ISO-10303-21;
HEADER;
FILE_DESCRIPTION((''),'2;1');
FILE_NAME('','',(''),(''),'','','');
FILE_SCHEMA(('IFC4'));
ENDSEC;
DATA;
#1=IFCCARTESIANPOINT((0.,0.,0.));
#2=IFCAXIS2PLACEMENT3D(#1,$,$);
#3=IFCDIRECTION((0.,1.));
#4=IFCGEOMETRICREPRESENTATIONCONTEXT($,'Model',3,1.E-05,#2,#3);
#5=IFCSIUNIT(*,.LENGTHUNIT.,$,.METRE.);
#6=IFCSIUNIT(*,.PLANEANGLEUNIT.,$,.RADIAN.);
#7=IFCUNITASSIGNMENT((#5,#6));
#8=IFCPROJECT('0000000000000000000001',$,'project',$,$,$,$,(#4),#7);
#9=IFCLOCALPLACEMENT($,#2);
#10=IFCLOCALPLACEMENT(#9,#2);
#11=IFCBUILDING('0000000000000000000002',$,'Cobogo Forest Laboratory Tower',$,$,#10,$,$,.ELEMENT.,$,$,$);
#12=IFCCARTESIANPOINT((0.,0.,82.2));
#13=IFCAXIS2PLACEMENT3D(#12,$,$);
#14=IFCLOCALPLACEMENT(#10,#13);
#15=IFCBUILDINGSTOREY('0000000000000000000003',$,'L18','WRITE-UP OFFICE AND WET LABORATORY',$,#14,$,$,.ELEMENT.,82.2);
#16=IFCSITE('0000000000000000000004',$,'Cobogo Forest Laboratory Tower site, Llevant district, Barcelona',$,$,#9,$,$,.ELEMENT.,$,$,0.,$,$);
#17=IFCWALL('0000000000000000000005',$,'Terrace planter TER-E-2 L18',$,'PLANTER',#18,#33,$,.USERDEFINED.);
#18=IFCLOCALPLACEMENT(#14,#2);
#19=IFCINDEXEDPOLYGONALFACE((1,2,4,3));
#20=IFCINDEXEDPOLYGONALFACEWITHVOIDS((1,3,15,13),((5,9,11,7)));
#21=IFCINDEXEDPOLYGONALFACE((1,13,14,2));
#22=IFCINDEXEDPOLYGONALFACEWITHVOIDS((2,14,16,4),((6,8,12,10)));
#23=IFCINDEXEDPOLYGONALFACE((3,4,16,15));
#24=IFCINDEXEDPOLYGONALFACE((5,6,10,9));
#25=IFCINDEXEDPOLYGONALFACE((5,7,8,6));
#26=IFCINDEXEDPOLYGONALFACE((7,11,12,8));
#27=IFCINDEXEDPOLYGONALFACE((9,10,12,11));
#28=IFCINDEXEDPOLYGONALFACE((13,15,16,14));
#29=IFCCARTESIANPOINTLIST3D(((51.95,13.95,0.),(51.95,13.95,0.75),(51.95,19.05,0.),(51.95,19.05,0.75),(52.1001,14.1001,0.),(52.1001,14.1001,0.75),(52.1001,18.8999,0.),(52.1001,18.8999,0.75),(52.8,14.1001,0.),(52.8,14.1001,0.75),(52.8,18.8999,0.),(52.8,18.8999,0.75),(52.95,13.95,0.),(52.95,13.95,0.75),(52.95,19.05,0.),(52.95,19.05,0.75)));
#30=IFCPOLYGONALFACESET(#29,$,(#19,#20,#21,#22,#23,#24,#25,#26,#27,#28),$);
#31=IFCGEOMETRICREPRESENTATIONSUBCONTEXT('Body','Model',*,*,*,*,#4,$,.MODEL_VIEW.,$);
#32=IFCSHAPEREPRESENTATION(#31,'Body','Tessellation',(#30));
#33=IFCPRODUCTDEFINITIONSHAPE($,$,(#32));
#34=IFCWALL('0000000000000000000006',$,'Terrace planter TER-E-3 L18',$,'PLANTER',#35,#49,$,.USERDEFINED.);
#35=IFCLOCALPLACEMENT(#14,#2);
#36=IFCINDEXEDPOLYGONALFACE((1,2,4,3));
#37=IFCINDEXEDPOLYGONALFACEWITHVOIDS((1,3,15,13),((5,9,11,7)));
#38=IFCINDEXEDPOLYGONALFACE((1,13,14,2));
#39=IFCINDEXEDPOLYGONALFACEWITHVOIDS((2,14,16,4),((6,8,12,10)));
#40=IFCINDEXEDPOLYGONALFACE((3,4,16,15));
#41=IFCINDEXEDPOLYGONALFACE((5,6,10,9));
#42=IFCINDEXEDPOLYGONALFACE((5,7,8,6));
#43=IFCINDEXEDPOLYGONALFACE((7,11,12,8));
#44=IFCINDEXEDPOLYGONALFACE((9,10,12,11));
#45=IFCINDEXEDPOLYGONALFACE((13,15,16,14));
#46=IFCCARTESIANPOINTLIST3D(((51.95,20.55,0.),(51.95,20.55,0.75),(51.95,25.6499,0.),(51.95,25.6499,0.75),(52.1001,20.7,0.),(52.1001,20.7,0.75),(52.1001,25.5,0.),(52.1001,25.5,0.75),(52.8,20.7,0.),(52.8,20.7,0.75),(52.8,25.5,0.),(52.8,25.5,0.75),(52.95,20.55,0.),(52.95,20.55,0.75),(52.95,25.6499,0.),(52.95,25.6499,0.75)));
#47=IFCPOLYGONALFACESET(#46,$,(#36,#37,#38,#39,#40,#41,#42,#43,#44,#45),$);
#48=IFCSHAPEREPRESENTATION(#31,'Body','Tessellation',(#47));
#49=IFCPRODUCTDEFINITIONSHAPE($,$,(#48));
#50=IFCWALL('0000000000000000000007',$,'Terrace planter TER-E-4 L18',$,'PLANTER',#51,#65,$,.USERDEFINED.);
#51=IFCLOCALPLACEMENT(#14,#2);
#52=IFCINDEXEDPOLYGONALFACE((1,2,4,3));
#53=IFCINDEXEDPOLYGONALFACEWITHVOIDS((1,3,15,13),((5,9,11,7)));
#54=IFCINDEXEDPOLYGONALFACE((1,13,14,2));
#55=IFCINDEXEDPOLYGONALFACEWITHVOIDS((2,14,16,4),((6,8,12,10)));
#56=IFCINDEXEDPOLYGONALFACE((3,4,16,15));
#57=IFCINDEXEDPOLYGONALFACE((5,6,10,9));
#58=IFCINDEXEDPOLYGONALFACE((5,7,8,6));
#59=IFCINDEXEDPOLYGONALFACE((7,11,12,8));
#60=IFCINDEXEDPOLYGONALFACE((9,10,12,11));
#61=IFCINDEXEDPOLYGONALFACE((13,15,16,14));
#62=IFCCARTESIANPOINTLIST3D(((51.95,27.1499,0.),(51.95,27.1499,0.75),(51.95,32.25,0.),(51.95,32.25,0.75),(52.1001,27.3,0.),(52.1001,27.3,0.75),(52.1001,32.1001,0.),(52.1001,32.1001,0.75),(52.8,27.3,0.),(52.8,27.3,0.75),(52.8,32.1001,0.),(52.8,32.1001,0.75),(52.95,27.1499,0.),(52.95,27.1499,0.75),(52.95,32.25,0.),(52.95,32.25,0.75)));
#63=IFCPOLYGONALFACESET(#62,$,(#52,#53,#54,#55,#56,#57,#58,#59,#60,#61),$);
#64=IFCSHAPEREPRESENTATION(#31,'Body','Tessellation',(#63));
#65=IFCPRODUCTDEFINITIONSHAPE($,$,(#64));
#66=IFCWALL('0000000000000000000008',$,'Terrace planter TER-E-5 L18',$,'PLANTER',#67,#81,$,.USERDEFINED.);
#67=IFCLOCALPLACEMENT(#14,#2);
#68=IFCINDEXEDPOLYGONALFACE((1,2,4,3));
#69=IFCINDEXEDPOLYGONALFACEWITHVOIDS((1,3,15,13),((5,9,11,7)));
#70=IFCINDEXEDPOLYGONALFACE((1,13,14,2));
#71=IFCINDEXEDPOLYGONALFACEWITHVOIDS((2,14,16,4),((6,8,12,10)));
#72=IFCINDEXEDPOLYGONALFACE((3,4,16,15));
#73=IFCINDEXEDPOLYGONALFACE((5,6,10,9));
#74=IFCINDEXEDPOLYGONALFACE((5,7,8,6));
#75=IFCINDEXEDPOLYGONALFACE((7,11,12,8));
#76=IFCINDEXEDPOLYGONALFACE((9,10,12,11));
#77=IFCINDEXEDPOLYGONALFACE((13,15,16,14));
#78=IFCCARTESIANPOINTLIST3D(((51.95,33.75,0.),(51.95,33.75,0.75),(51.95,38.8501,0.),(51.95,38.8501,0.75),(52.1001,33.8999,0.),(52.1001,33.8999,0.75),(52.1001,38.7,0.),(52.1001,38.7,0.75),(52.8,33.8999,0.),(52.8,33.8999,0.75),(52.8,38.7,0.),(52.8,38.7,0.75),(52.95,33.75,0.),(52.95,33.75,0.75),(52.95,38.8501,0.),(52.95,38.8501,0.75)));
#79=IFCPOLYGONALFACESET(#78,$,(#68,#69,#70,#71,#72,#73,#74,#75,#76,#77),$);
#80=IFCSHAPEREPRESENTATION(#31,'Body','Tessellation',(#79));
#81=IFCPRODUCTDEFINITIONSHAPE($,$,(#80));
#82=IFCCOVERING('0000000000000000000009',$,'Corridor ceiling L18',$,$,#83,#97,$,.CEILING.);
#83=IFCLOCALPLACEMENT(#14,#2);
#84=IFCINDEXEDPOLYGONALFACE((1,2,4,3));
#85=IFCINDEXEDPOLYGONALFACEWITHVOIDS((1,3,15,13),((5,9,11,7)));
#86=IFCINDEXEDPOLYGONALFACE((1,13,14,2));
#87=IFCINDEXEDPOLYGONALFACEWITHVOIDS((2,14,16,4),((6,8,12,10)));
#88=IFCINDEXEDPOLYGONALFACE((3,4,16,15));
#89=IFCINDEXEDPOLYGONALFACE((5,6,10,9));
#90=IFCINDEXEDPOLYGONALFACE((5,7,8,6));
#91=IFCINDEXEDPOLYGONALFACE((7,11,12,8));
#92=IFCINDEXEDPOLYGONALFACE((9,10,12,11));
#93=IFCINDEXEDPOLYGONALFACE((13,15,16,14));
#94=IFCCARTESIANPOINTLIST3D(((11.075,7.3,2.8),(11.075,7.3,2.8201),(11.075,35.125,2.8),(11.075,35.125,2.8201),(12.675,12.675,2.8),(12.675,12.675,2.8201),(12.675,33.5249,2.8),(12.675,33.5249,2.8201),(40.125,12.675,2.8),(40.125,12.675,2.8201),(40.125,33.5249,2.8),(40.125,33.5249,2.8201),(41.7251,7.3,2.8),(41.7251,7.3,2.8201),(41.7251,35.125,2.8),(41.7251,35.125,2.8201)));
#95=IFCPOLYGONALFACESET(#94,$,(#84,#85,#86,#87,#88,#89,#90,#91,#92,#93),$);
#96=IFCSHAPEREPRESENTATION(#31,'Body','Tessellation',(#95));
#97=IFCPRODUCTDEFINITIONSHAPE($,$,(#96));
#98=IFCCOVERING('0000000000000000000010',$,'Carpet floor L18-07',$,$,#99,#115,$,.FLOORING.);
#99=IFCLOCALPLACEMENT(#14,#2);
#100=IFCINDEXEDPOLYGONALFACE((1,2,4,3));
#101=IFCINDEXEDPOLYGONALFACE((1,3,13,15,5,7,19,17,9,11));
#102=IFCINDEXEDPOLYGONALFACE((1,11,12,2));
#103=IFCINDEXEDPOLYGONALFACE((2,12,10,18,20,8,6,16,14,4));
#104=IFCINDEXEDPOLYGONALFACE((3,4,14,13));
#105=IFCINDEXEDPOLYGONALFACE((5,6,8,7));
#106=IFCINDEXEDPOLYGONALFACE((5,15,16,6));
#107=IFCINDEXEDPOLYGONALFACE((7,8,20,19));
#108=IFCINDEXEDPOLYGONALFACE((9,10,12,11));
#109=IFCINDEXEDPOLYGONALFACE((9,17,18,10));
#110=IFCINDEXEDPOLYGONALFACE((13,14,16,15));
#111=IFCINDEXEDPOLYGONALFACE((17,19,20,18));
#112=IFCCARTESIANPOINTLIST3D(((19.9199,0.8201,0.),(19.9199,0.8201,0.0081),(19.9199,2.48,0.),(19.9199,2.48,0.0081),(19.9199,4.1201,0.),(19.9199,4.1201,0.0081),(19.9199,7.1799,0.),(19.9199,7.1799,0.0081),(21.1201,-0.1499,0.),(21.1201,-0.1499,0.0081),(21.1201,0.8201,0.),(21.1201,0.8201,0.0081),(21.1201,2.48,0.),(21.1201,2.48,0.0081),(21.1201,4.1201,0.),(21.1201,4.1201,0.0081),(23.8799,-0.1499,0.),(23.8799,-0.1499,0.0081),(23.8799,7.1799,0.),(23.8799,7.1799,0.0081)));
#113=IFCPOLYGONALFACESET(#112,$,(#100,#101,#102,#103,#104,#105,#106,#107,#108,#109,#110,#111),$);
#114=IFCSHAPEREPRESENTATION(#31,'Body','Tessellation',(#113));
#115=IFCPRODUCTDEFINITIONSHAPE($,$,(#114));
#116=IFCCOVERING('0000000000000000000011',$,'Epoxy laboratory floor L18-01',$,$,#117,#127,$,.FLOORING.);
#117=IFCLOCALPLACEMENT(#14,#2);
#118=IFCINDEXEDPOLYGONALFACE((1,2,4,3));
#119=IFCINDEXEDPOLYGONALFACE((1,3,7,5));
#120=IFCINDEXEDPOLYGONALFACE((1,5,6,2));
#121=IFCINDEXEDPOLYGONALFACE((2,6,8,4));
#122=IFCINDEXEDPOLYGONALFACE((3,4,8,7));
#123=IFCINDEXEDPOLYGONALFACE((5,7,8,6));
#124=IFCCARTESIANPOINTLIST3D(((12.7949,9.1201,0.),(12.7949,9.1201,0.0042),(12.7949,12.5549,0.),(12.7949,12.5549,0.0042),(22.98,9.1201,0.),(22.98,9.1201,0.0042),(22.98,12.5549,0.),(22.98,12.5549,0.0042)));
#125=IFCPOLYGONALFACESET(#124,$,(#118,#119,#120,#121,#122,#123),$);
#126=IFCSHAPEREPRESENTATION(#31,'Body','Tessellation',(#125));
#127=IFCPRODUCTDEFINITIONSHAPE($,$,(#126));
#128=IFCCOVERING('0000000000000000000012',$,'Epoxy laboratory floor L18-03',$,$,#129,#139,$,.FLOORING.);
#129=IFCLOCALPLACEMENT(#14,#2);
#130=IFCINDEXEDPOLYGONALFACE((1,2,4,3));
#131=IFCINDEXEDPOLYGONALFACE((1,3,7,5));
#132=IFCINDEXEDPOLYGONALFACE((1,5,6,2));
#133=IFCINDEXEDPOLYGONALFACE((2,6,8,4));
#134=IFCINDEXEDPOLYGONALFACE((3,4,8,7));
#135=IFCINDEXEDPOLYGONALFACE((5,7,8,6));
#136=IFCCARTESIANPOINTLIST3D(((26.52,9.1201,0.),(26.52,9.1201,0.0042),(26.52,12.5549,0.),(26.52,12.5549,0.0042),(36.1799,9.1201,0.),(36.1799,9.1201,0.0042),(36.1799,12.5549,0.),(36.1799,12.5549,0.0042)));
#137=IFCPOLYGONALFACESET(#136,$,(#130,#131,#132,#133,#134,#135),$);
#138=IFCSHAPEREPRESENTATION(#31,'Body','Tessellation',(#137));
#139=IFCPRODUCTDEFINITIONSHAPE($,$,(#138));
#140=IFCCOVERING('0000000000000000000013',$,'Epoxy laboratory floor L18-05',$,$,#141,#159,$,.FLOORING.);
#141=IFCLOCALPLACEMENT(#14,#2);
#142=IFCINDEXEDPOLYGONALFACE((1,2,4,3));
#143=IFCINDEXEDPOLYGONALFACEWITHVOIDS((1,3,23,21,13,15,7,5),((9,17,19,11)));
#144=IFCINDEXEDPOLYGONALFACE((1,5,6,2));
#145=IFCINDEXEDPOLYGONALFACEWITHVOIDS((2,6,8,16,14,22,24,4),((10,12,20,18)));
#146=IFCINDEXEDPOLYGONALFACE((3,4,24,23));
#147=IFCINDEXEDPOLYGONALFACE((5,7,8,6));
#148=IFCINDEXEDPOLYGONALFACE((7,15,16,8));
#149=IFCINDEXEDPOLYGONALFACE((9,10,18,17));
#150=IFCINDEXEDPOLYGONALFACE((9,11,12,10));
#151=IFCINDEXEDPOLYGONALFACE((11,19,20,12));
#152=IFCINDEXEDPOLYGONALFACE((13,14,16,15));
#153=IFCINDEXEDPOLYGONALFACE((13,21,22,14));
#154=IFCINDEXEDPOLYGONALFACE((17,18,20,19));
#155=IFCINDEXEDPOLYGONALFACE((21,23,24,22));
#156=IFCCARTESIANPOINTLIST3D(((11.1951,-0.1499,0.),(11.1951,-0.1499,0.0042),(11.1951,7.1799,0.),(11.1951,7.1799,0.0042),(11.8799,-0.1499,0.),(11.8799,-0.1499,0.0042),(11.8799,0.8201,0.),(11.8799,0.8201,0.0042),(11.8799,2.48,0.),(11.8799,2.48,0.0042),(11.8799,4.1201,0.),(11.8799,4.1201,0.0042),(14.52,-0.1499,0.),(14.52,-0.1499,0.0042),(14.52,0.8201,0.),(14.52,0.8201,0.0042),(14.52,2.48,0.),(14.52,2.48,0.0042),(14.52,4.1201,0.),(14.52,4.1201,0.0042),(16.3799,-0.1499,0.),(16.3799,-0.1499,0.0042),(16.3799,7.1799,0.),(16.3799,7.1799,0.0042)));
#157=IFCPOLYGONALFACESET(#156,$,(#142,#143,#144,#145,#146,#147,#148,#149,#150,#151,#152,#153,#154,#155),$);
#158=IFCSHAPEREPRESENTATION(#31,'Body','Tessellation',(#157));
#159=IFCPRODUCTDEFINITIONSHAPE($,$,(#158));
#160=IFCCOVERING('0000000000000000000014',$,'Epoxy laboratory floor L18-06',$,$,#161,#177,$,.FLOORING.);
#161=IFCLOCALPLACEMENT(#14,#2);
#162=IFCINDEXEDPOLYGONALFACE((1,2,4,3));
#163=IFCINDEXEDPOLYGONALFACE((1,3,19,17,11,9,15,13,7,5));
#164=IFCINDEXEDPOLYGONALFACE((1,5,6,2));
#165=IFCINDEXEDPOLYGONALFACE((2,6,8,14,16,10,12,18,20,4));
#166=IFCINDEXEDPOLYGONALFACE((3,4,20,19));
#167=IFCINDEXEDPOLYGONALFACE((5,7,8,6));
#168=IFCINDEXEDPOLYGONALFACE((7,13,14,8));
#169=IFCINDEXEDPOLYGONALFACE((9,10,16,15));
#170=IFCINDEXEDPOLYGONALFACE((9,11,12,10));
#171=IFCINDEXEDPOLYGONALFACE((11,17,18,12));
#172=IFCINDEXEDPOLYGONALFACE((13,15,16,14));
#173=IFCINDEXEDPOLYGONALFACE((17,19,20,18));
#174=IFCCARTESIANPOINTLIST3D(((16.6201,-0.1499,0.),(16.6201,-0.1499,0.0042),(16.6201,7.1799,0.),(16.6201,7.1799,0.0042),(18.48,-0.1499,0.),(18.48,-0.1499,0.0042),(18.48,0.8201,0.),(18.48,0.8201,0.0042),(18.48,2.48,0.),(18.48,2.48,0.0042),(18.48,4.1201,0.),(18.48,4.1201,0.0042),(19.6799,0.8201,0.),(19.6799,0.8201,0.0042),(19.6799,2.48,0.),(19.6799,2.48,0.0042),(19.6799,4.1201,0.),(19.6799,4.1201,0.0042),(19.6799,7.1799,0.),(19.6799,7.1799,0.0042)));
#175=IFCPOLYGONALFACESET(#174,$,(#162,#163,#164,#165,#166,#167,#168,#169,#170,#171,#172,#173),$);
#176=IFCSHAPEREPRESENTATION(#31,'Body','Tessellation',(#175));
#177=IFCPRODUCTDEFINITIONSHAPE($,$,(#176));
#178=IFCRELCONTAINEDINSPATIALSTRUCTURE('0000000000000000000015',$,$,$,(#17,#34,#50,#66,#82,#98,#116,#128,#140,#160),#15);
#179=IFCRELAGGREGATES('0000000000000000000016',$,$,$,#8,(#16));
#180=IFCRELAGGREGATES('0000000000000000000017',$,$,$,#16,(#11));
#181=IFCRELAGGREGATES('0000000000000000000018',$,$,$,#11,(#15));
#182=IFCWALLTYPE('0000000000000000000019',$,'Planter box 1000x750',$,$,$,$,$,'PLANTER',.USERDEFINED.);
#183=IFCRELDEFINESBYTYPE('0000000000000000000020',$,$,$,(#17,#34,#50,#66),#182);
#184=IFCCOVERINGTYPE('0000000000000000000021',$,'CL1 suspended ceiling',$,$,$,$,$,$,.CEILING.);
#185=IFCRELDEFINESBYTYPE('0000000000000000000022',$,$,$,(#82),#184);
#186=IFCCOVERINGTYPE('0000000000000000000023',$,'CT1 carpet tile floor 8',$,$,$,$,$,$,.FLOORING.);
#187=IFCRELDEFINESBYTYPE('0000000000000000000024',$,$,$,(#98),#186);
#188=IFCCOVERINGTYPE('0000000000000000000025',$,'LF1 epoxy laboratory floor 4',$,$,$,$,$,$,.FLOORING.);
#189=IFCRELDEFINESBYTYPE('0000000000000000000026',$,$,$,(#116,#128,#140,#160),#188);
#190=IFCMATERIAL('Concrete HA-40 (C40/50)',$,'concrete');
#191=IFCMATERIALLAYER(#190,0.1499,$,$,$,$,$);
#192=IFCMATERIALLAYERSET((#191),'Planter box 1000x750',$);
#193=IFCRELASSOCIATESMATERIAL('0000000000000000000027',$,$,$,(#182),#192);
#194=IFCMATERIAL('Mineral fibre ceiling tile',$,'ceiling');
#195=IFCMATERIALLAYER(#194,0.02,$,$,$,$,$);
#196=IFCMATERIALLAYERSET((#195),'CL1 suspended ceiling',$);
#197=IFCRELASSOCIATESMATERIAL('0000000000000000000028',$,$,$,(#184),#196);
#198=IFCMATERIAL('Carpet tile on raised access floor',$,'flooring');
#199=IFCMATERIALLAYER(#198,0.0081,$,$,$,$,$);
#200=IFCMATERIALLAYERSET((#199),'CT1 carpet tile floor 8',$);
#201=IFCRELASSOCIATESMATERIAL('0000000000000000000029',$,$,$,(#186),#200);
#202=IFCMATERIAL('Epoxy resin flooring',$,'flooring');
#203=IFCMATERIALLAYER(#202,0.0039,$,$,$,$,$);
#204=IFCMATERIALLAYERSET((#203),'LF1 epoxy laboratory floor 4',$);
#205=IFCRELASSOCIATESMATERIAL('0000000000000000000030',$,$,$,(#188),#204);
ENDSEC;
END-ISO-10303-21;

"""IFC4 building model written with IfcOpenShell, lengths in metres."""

from ifc_helpers import new_model, si_unit, direction, frame, origin, place, context, subcontext, project, spatial, polyline, outline, extrude, material, layer, layer_set, type_object, element, save


model = new_model("IFC4")

# Units and contexts
model_context = context("Model", 3, precision=1e-05, world=origin(), true_north=direction((0.0, 1.0)))
body_context = subcontext(model_context, "Body", "Model", "MODEL_VIEW")
ifc_project = project(units=[si_unit("LENGTHUNIT", "METRE"), si_unit("PLANEANGLEUNIT", "RADIAN")], contexts=[model_context])

# Site, building, storey
site_placement = place(None, origin())
site = spatial("IfcSite", under=ifc_project, at=site_placement, Name="Cobogo Forest Laboratory Tower site, Llevant district, Barcelona", CompositionType="ELEMENT", RefElevation=0.0)
building_placement = place(site_placement, origin())
building = spatial("IfcBuilding", under=site, at=building_placement, Name="Cobogo Forest Laboratory Tower", CompositionType="ELEMENT")
storey_placement = place(building_placement, frame((0.0, 0.0, 82.2)))
storey = spatial("IfcBuildingStorey", under=building, at=storey_placement, Name="L18", Description="WRITE-UP OFFICE AND WET LABORATORY", CompositionType="ELEMENT", Elevation=82.2)

# Shared definitions
ifc_material_1 = material(Name="Concrete HA-40 (C40/50)", Category="concrete")

# Walls
ifc_layer_1 = layer(ifc_material_1, 0.1499)
ifc_layer_set_1 = layer_set([ifc_layer_1], Name="Planter box 1000x750")
wall_type = type_object("IfcWallType", Name="Planter box 1000x750", ElementType="PLANTER", PredefinedType="USERDEFINED", material=ifc_layer_set_1)
wall_1_placement = place(storey_placement, origin())
element("IfcWall", 1, at=wall_1_placement, inside=storey, type_object=wall_type, Name="Terrace planter TER-E-2 L18", ObjectType="PLANTER", PredefinedType="USERDEFINED", context=body_context, shape_type="SweptSolid", body=[
    extrude(outline(polyline([(51.95, 13.95), (52.95, 13.95), (52.95, 19.05), (51.95, 19.05), (51.95, 13.95)]), holes=[polyline([(52.1001, 14.1001), (52.8, 14.1001), (52.8, 18.8999), (52.1001, 18.8999), (52.1001, 14.1001)])]), origin(), (0.0, 0.0, 1.0), 0.75),
])
wall_2_placement = place(storey_placement, origin())
element("IfcWall", 2, at=wall_2_placement, inside=storey, type_object=wall_type, Name="Terrace planter TER-E-3 L18", ObjectType="PLANTER", PredefinedType="USERDEFINED", context=body_context, shape_type="SweptSolid", body=[
    extrude(outline(polyline([(51.95, 20.55), (52.95, 20.55), (52.95, 25.6499), (51.95, 25.6499), (51.95, 20.55)]), holes=[polyline([(52.1001, 20.7), (52.8, 20.7), (52.8, 25.5), (52.1001, 25.5), (52.1001, 20.7)])]), origin(), (0.0, 0.0, 1.0), 0.75),
])
wall_3_placement = place(storey_placement, origin())
element("IfcWall", 3, at=wall_3_placement, inside=storey, type_object=wall_type, Name="Terrace planter TER-E-4 L18", ObjectType="PLANTER", PredefinedType="USERDEFINED", context=body_context, shape_type="SweptSolid", body=[
    extrude(outline(polyline([(51.95, 27.1499), (52.95, 27.1499), (52.95, 32.25), (51.95, 32.25), (51.95, 27.1499)]), holes=[polyline([(52.1001, 27.3), (52.8, 27.3), (52.8, 32.1001), (52.1001, 32.1001), (52.1001, 27.3)])]), origin(), (0.0, 0.0, 1.0), 0.75),
])
wall_4_placement = place(storey_placement, origin())
element("IfcWall", 4, at=wall_4_placement, inside=storey, type_object=wall_type, Name="Terrace planter TER-E-5 L18", ObjectType="PLANTER", PredefinedType="USERDEFINED", context=body_context, shape_type="SweptSolid", body=[
    extrude(outline(polyline([(51.95, 33.75), (52.95, 33.75), (52.95, 38.8501), (51.95, 38.8501), (51.95, 33.75)]), holes=[polyline([(52.1001, 33.8999), (52.8, 33.8999), (52.8, 38.7), (52.1001, 38.7), (52.1001, 33.8999)])]), origin(), (0.0, 0.0, 1.0), 0.75),
])

# Coverings
ifc_material_2 = material(Name="Mineral fibre ceiling tile", Category="ceiling")
ifc_layer_2 = layer(ifc_material_2, 0.02)
ifc_layer_set_2 = layer_set([ifc_layer_2], Name="CL1 suspended ceiling")
covering_type_1 = type_object("IfcCoveringType", Name="CL1 suspended ceiling", PredefinedType="CEILING", material=ifc_layer_set_2)
covering_1_placement = place(storey_placement, frame((0.0, 0.0, 2.8)))
element("IfcCovering", 5, at=covering_1_placement, inside=storey, type_object=covering_type_1, Name="Corridor ceiling L18", PredefinedType="CEILING", context=body_context, shape_type="SweptSolid", body=[
    extrude(outline(polyline([(11.075, 7.3), (11.075, 35.125), (41.7251, 35.125), (41.7251, 7.3), (11.075, 7.3)]), holes=[polyline([(40.125, 33.5249), (12.675, 33.5249), (12.675, 12.675), (40.125, 12.675), (40.125, 33.5249)])]), origin(), (0.0, 0.0, 1.0), 0.02),
])
ifc_material_3 = material(Name="Carpet tile on raised access floor", Category="flooring")
ifc_layer_3 = layer(ifc_material_3, 0.0081)
ifc_layer_set_3 = layer_set([ifc_layer_3], Name="CT1 carpet tile floor 8")
covering_type_2 = type_object("IfcCoveringType", Name="CT1 carpet tile floor 8", PredefinedType="FLOORING", material=ifc_layer_set_3)
covering_2_placement = place(storey_placement, origin())
element("IfcCovering", 6, at=covering_2_placement, inside=storey, type_object=covering_type_2, Name="Carpet floor L18-07", PredefinedType="FLOORING", context=body_context, shape_type="SweptSolid", body=[
    extrude(outline(polyline([(23.8799, 7.1799), (23.8799, -0.1499), (21.1201, -0.1499), (21.1201, 0.8201), (19.9199, 0.8201), (19.9199, 2.48), (21.1201, 2.48), (21.1201, 4.1201), (19.9199, 4.1201), (19.9199, 7.1799), (23.8799, 7.1799)])), origin(), (0.0, 0.0, 1.0), 0.0081),
])
ifc_material_4 = material(Name="Epoxy resin flooring", Category="flooring")
ifc_layer_4 = layer(ifc_material_4, 0.0039)
ifc_layer_set_4 = layer_set([ifc_layer_4], Name="LF1 epoxy laboratory floor 4")
covering_type_3 = type_object("IfcCoveringType", Name="LF1 epoxy laboratory floor 4", PredefinedType="FLOORING", material=ifc_layer_set_4)
covering_3_placement = place(storey_placement, origin())
element("IfcCovering", 7, at=covering_3_placement, inside=storey, type_object=covering_type_3, Name="Epoxy laboratory floor L18-01", PredefinedType="FLOORING", context=body_context, shape_type="SweptSolid", body=[
    extrude(outline(polyline([(22.98, 9.1201), (12.7949, 9.1201), (12.7949, 12.5549), (22.98, 12.5549), (22.98, 9.1201)])), origin(), (0.0, 0.0, 1.0), 0.0042),
])
covering_4_placement = place(storey_placement, origin())
element("IfcCovering", 8, at=covering_4_placement, inside=storey, type_object=covering_type_3, Name="Epoxy laboratory floor L18-03", PredefinedType="FLOORING", context=body_context, shape_type="SweptSolid", body=[
    extrude(outline(polyline([(36.1799, 9.1201), (26.52, 9.1201), (26.52, 12.5549), (36.1799, 12.5549), (36.1799, 9.1201)])), origin(), (0.0, 0.0, 1.0), 0.0042),
])
covering_5_placement = place(storey_placement, origin())
element("IfcCovering", 9, at=covering_5_placement, inside=storey, type_object=covering_type_3, Name="Epoxy laboratory floor L18-05", PredefinedType="FLOORING", context=body_context, shape_type="SweptSolid", body=[
    extrude(outline(polyline([(16.3799, 7.1799), (16.3799, -0.1499), (14.52, -0.1499), (14.52, 0.8201), (11.8799, 0.8201), (11.8799, -0.1499), (11.1951, -0.1499), (11.1951, 7.1799), (16.3799, 7.1799)]), holes=[polyline([(11.8799, 4.1201), (11.8799, 2.48), (14.52, 2.48), (14.52, 4.1201), (11.8799, 4.1201)])]), origin(), (0.0, 0.0, 1.0), 0.0042),
])
covering_6_placement = place(storey_placement, origin())
element("IfcCovering", 10, at=covering_6_placement, inside=storey, type_object=covering_type_3, Name="Epoxy laboratory floor L18-06", PredefinedType="FLOORING", context=body_context, shape_type="SweptSolid", body=[
    extrude(outline(polyline([(19.6799, 7.1799), (19.6799, 4.1201), (18.48, 4.1201), (18.48, 2.48), (19.6799, 2.48), (19.6799, 0.8201), (18.48, 0.8201), (18.48, -0.1499), (16.6201, -0.1499), (16.6201, 7.1799), (19.6799, 7.1799)])), origin(), (0.0, 0.0, 1.0), 0.0042),
])

save(model, "model.ifc")
